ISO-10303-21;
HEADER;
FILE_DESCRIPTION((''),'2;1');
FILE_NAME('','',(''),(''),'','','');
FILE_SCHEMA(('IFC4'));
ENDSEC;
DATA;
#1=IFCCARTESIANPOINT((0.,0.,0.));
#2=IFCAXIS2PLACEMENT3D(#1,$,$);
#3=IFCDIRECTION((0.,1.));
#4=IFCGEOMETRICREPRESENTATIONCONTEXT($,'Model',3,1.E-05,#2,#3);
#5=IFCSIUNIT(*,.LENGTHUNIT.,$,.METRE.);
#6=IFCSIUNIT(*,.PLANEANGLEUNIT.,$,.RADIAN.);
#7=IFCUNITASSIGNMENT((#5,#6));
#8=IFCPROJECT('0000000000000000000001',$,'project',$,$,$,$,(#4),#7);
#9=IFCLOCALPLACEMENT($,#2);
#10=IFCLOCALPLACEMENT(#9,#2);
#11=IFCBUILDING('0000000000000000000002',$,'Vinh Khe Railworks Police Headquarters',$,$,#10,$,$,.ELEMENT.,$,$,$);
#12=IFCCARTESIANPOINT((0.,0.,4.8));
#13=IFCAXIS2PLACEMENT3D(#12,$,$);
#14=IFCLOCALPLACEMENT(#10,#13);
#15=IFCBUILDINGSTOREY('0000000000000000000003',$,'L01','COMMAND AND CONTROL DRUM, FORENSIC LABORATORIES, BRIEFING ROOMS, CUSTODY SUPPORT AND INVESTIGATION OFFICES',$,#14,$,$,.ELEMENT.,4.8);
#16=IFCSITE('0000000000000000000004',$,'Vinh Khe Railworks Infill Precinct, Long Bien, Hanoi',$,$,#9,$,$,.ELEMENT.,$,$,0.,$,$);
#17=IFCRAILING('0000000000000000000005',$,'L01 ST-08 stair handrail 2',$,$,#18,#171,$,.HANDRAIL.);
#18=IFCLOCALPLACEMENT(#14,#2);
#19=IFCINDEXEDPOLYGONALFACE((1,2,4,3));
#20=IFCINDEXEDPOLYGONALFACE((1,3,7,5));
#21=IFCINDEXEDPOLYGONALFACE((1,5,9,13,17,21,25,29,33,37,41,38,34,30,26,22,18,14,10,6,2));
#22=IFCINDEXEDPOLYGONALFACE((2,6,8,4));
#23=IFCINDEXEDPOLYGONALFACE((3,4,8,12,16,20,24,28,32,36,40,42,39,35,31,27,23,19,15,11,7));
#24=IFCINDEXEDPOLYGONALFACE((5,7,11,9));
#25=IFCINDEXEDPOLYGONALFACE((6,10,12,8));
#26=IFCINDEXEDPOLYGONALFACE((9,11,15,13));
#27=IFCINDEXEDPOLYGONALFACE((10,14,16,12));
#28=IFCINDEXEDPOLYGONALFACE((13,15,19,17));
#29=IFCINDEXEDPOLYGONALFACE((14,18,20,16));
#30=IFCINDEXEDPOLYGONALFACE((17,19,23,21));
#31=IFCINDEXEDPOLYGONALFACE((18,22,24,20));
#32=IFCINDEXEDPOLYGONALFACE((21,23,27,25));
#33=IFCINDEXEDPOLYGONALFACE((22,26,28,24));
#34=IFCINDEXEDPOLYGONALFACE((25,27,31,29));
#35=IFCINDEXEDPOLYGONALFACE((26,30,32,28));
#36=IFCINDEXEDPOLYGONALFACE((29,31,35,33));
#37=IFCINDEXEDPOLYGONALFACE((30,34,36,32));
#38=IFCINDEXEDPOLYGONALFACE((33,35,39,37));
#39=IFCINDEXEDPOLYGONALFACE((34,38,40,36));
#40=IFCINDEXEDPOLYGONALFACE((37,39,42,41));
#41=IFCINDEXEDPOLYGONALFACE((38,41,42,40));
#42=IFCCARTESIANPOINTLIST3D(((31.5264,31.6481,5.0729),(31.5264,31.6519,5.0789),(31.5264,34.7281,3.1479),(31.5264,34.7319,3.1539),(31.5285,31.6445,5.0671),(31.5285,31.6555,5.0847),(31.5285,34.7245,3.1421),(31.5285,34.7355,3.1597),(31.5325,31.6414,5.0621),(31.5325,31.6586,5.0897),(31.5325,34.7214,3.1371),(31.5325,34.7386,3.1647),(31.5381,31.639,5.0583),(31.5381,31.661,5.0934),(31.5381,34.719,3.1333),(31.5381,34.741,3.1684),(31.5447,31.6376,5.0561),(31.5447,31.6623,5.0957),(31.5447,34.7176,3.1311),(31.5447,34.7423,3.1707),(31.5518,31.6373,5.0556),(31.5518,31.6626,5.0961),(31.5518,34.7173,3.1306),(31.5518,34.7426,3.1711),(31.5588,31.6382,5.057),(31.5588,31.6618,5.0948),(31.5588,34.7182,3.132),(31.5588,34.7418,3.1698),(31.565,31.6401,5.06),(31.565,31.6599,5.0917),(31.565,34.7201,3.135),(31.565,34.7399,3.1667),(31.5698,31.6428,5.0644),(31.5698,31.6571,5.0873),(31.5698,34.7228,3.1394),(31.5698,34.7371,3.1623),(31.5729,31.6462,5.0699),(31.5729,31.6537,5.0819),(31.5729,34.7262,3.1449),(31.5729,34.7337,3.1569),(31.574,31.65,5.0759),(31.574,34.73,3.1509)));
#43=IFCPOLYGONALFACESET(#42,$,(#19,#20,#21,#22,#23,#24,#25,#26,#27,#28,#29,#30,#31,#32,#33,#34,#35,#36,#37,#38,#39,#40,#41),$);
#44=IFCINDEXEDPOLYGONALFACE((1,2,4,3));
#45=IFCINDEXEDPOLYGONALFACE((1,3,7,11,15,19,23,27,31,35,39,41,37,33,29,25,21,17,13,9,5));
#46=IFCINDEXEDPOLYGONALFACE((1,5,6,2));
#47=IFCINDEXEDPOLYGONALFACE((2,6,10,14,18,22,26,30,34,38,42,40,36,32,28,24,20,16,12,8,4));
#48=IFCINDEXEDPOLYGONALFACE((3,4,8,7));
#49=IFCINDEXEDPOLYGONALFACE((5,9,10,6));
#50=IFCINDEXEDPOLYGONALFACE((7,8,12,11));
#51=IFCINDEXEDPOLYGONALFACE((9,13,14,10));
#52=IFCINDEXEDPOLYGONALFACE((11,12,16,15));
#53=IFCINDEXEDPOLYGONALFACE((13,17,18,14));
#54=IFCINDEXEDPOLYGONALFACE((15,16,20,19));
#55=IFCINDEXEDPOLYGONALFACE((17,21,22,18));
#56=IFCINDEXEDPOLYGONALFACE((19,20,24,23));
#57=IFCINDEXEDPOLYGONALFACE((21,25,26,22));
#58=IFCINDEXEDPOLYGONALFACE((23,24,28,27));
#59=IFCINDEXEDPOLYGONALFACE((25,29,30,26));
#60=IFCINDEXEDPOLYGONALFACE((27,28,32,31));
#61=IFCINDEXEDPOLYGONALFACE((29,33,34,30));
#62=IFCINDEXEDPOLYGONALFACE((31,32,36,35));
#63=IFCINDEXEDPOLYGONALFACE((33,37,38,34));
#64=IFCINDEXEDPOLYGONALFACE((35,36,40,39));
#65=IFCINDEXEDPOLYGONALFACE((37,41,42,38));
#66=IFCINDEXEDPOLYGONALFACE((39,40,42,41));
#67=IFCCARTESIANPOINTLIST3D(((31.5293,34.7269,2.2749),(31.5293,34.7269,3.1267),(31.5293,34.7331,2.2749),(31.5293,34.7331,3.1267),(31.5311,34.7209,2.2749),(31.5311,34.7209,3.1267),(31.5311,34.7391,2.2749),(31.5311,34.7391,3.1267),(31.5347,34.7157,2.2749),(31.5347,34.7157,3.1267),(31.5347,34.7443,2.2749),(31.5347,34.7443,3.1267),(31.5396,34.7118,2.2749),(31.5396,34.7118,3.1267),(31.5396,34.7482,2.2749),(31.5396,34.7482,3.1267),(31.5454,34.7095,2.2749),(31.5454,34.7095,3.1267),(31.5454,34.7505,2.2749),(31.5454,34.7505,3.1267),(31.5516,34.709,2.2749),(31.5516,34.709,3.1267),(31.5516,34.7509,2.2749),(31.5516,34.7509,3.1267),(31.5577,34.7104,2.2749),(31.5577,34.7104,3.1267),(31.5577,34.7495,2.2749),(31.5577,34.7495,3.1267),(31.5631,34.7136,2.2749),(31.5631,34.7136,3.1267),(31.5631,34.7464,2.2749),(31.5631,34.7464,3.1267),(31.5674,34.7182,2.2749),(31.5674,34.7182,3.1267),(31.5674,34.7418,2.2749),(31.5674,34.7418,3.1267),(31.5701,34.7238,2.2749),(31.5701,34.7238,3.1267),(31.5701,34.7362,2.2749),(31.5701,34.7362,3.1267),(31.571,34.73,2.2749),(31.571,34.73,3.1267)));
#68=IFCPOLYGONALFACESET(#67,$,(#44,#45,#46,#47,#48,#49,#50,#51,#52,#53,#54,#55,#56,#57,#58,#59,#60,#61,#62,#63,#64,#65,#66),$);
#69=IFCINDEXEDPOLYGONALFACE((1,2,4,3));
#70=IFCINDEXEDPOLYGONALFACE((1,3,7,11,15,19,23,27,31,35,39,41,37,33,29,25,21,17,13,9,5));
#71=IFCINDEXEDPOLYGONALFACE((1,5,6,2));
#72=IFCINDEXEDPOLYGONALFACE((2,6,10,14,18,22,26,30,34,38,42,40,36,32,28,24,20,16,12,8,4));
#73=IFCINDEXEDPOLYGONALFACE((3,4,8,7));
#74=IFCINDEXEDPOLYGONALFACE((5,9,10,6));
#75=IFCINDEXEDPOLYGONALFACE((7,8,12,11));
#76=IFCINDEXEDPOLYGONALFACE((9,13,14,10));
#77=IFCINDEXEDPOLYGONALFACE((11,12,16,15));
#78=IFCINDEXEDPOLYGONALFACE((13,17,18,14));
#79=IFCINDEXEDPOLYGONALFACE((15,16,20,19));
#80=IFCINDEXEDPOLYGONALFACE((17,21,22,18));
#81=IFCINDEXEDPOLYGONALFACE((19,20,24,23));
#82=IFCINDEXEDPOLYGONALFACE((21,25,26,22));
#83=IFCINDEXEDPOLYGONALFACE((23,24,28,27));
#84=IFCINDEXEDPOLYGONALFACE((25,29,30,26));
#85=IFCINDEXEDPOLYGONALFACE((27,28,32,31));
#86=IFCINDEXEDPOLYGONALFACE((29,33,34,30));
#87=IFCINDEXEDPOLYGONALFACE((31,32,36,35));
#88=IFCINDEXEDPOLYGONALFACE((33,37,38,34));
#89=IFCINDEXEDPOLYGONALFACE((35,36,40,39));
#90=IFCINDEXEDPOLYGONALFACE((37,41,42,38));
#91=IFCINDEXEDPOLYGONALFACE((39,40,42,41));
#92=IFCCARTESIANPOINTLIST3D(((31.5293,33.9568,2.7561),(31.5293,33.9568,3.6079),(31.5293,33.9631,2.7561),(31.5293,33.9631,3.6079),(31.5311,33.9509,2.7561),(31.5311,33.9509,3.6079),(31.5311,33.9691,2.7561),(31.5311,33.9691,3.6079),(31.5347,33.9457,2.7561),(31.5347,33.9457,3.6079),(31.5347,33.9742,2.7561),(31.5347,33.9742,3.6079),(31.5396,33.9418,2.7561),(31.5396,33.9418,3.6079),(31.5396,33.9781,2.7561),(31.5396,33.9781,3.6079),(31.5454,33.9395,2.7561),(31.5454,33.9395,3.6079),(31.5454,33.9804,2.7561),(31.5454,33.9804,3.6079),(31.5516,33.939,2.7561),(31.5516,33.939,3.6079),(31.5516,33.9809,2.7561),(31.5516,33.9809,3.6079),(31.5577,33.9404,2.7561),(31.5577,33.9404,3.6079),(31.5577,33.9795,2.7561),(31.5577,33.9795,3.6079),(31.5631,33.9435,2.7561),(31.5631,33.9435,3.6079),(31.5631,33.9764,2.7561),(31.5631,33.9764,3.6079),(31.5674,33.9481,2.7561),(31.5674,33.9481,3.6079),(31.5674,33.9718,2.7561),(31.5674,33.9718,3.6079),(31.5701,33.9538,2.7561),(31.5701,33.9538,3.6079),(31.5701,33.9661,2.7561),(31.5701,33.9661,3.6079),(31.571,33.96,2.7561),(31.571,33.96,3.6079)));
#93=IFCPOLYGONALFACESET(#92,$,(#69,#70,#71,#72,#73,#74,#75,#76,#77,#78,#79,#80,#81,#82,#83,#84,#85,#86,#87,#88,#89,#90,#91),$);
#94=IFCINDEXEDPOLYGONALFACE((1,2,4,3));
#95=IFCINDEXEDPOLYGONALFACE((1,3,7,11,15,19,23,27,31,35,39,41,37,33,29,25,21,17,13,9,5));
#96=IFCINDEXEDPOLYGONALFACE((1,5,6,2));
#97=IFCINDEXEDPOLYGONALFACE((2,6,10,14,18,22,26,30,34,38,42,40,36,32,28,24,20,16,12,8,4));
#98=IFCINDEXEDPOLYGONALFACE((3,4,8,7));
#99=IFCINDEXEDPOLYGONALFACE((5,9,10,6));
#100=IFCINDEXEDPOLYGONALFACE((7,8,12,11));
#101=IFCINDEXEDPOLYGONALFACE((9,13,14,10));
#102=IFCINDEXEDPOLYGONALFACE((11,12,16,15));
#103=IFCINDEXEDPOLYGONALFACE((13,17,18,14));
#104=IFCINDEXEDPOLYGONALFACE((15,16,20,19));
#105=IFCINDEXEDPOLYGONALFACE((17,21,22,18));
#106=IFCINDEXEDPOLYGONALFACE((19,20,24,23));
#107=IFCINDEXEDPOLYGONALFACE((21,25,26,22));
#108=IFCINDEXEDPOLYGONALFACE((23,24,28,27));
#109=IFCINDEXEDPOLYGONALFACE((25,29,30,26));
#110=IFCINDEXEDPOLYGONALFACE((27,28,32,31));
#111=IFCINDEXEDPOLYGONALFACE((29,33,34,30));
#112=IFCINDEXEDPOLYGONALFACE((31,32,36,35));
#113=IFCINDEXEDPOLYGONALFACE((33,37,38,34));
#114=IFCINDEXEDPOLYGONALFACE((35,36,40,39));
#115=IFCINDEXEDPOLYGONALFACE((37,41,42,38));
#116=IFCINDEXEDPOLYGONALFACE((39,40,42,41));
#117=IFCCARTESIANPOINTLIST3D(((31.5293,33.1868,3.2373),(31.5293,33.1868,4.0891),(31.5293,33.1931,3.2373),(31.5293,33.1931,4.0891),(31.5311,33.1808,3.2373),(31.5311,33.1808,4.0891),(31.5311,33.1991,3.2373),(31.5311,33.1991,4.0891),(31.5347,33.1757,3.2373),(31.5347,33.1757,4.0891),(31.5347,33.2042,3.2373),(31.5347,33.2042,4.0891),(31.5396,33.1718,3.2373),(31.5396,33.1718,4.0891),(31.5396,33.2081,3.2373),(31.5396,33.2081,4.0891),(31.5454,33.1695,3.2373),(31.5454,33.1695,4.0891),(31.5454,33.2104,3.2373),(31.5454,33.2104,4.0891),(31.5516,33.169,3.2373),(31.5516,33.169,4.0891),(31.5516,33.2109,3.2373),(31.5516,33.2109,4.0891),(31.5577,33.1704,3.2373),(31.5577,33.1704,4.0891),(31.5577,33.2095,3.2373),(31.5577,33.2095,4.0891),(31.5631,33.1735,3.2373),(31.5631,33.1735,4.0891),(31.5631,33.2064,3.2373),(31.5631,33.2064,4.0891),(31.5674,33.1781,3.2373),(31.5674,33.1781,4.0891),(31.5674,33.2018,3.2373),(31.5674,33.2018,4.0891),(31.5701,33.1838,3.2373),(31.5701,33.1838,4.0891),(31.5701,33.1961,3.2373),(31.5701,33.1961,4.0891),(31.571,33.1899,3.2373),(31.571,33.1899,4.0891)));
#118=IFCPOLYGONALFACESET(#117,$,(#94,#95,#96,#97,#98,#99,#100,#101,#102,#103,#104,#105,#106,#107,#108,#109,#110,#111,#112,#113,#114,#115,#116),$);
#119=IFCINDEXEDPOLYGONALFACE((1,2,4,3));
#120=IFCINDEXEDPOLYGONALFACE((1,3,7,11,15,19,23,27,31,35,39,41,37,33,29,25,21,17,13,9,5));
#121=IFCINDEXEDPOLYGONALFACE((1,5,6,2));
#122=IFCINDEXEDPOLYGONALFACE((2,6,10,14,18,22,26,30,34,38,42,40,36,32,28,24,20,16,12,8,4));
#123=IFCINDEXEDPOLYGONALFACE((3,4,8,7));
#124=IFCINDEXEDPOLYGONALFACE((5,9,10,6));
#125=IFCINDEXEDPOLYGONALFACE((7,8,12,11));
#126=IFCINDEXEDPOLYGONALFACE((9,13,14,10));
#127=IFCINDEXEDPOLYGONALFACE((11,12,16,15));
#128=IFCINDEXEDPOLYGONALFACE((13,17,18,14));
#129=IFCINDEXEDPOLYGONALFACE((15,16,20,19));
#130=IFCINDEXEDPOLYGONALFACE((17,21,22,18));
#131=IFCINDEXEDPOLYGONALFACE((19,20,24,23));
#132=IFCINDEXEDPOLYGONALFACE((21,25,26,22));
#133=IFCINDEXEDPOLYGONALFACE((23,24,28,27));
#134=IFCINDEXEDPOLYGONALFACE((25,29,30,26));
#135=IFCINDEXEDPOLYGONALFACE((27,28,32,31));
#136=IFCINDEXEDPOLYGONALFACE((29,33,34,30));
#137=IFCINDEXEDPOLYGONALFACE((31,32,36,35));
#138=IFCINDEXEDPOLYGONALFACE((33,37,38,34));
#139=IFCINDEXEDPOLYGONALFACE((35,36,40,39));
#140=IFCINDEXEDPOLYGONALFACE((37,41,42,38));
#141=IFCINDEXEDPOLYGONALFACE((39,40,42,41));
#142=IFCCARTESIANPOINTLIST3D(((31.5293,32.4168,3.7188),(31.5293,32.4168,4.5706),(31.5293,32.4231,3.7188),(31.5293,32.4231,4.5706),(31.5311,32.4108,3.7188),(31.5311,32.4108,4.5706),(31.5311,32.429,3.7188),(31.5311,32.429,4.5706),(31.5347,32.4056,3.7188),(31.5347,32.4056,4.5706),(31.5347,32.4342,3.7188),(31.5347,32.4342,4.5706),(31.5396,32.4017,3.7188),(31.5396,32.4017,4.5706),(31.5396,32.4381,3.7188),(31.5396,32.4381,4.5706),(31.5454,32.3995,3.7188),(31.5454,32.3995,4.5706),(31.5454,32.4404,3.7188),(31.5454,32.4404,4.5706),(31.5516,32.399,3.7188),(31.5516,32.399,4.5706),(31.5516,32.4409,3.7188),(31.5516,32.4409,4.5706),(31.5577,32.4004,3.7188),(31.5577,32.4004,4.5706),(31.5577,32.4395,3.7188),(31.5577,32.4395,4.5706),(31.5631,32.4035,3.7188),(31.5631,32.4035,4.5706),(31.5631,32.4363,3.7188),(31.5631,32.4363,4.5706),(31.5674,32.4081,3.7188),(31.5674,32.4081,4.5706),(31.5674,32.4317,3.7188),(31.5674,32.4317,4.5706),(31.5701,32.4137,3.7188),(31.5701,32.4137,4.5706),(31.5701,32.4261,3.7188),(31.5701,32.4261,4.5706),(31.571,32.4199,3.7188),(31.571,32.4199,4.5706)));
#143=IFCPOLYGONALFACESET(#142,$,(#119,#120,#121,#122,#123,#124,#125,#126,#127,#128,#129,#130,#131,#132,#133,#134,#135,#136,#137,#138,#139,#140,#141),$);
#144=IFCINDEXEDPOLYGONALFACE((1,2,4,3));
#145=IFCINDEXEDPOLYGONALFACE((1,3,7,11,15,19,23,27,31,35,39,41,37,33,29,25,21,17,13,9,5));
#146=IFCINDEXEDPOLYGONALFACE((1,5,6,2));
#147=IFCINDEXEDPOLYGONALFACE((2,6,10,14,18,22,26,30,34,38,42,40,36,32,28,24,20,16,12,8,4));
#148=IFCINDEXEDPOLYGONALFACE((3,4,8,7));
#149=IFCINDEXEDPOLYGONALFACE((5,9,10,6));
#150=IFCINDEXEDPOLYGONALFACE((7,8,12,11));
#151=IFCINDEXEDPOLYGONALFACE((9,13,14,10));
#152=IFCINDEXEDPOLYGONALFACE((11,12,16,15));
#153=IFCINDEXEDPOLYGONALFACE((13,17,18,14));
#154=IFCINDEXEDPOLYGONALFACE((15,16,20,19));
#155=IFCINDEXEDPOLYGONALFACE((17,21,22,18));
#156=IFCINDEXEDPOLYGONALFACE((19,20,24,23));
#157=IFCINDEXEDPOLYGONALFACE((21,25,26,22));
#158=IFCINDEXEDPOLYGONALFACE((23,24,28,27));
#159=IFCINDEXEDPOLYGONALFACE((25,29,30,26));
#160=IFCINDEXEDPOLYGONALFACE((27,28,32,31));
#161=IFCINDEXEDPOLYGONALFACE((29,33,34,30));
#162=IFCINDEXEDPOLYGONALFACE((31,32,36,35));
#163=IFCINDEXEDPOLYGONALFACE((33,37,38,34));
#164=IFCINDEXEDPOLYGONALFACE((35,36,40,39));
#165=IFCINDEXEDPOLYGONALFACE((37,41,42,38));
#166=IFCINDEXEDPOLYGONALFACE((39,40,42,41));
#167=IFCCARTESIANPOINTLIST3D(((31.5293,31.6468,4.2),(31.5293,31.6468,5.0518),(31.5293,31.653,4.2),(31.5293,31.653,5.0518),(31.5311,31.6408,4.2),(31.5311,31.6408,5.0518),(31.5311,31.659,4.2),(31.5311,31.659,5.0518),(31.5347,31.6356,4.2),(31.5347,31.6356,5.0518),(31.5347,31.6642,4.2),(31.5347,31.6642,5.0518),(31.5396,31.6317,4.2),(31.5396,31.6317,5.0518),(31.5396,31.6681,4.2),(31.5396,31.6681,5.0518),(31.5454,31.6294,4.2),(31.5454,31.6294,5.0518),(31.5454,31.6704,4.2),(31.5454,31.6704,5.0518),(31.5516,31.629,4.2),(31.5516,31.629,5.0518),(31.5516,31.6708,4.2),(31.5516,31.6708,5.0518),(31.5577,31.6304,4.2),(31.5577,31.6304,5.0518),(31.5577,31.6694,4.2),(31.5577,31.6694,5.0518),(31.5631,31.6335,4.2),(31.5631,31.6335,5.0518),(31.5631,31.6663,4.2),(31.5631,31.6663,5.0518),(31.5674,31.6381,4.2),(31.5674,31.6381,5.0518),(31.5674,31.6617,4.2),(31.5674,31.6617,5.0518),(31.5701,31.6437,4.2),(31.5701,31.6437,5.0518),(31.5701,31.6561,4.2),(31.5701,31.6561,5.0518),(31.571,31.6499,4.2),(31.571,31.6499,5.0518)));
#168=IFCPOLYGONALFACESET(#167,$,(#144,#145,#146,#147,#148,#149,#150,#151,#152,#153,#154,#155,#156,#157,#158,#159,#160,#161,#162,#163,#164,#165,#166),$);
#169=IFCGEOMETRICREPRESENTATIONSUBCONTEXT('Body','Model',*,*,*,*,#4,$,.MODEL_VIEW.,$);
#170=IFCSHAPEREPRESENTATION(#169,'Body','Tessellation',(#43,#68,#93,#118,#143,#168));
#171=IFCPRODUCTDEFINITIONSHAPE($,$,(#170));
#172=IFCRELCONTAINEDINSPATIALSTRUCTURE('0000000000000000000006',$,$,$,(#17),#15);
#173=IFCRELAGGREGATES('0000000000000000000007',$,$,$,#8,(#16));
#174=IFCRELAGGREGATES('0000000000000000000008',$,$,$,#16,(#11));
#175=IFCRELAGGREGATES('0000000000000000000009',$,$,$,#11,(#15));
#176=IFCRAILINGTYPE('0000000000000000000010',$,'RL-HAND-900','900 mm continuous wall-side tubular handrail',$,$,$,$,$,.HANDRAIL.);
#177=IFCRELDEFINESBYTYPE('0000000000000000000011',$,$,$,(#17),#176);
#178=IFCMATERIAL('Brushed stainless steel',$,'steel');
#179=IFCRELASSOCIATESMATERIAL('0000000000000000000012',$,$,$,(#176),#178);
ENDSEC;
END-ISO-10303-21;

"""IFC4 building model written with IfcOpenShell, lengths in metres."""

from ifc_helpers import new_model, si_unit, direction, frame, origin, origin_2d, place, context, subcontext, project, spatial, circle, extrude, material, type_object, element, save


model = new_model("IFC4")

# Units and contexts
model_context = context("Model", 3, precision=1e-05, world=origin(), true_north=direction((0.0, 1.0)))
body_context = subcontext(model_context, "Body", "Model", "MODEL_VIEW")
ifc_project = project(units=[si_unit("LENGTHUNIT", "METRE"), si_unit("PLANEANGLEUNIT", "RADIAN")], contexts=[model_context])

# Site, building, storey
site_placement = place(None, origin())
site = spatial("IfcSite", under=ifc_project, at=site_placement, Name="Vinh Khe Railworks Infill Precinct, Long Bien, Hanoi", CompositionType="ELEMENT", RefElevation=0.0)
building_placement = place(site_placement, origin())
building = spatial("IfcBuilding", under=site, at=building_placement, Name="Vinh Khe Railworks Police Headquarters", CompositionType="ELEMENT")
storey_placement = place(building_placement, frame((0.0, 0.0, 4.8)))
storey = spatial("IfcBuildingStorey", under=building, at=storey_placement, Name="L01", Description="COMMAND AND CONTROL DRUM, FORENSIC LABORATORIES, BRIEFING ROOMS, CUSTODY SUPPORT AND INVESTIGATION OFFICES", CompositionType="ELEMENT", Elevation=4.8)

# Railing
ifc_material_1 = material(Name="Brushed stainless steel", Category="steel")
railing_type_1 = type_object("IfcRailingType", Name="RL-HAND-900", Description="900 mm continuous wall-side tubular handrail", PredefinedType="HANDRAIL", material=ifc_material_1)
railing_1_placement = place(storey_placement, frame((31.55, 34.73, 2.2749)))
element("IfcRailing", 1, at=railing_1_placement, inside=storey, type_object=railing_type_1, Name="L01 ST-08 stair handrail 2", PredefinedType="HANDRAIL", context=body_context, shape_type="SweptSolid", body=[
    extrude(circle(Radius=0.0239, at=origin_2d()), frame((0.0, 0.0, 0.876), z_axis=(0.0, -0.847998, 0.529999), x_axis=(1.0, 0.0, 0.0)), (0.0, 0.0, 1.0), 3.6321),
    extrude(circle(Radius=0.021, at=origin_2d()), origin(), (0.0, 0.0, 1.0), 0.8518),
    extrude(circle(Radius=0.021, at=origin_2d()), frame((0.0, -0.77, 0.4812)), (0.0, 0.0, 1.0), 0.8518),
    extrude(circle(Radius=0.021, at=origin_2d()), frame((0.0, -1.54, 0.9624)), (0.0, 0.0, 1.0), 0.8518),
    extrude(circle(Radius=0.021, at=origin_2d()), frame((0.0, -2.3101, 1.4438)), (0.0, 0.0, 1.0), 0.8518),
    extrude(circle(Radius=0.021, at=origin_2d()), frame((0.0, -3.0801, 1.925)), (0.0, 0.0, 1.0), 0.8518),
])

save(model, "model.ifc")
